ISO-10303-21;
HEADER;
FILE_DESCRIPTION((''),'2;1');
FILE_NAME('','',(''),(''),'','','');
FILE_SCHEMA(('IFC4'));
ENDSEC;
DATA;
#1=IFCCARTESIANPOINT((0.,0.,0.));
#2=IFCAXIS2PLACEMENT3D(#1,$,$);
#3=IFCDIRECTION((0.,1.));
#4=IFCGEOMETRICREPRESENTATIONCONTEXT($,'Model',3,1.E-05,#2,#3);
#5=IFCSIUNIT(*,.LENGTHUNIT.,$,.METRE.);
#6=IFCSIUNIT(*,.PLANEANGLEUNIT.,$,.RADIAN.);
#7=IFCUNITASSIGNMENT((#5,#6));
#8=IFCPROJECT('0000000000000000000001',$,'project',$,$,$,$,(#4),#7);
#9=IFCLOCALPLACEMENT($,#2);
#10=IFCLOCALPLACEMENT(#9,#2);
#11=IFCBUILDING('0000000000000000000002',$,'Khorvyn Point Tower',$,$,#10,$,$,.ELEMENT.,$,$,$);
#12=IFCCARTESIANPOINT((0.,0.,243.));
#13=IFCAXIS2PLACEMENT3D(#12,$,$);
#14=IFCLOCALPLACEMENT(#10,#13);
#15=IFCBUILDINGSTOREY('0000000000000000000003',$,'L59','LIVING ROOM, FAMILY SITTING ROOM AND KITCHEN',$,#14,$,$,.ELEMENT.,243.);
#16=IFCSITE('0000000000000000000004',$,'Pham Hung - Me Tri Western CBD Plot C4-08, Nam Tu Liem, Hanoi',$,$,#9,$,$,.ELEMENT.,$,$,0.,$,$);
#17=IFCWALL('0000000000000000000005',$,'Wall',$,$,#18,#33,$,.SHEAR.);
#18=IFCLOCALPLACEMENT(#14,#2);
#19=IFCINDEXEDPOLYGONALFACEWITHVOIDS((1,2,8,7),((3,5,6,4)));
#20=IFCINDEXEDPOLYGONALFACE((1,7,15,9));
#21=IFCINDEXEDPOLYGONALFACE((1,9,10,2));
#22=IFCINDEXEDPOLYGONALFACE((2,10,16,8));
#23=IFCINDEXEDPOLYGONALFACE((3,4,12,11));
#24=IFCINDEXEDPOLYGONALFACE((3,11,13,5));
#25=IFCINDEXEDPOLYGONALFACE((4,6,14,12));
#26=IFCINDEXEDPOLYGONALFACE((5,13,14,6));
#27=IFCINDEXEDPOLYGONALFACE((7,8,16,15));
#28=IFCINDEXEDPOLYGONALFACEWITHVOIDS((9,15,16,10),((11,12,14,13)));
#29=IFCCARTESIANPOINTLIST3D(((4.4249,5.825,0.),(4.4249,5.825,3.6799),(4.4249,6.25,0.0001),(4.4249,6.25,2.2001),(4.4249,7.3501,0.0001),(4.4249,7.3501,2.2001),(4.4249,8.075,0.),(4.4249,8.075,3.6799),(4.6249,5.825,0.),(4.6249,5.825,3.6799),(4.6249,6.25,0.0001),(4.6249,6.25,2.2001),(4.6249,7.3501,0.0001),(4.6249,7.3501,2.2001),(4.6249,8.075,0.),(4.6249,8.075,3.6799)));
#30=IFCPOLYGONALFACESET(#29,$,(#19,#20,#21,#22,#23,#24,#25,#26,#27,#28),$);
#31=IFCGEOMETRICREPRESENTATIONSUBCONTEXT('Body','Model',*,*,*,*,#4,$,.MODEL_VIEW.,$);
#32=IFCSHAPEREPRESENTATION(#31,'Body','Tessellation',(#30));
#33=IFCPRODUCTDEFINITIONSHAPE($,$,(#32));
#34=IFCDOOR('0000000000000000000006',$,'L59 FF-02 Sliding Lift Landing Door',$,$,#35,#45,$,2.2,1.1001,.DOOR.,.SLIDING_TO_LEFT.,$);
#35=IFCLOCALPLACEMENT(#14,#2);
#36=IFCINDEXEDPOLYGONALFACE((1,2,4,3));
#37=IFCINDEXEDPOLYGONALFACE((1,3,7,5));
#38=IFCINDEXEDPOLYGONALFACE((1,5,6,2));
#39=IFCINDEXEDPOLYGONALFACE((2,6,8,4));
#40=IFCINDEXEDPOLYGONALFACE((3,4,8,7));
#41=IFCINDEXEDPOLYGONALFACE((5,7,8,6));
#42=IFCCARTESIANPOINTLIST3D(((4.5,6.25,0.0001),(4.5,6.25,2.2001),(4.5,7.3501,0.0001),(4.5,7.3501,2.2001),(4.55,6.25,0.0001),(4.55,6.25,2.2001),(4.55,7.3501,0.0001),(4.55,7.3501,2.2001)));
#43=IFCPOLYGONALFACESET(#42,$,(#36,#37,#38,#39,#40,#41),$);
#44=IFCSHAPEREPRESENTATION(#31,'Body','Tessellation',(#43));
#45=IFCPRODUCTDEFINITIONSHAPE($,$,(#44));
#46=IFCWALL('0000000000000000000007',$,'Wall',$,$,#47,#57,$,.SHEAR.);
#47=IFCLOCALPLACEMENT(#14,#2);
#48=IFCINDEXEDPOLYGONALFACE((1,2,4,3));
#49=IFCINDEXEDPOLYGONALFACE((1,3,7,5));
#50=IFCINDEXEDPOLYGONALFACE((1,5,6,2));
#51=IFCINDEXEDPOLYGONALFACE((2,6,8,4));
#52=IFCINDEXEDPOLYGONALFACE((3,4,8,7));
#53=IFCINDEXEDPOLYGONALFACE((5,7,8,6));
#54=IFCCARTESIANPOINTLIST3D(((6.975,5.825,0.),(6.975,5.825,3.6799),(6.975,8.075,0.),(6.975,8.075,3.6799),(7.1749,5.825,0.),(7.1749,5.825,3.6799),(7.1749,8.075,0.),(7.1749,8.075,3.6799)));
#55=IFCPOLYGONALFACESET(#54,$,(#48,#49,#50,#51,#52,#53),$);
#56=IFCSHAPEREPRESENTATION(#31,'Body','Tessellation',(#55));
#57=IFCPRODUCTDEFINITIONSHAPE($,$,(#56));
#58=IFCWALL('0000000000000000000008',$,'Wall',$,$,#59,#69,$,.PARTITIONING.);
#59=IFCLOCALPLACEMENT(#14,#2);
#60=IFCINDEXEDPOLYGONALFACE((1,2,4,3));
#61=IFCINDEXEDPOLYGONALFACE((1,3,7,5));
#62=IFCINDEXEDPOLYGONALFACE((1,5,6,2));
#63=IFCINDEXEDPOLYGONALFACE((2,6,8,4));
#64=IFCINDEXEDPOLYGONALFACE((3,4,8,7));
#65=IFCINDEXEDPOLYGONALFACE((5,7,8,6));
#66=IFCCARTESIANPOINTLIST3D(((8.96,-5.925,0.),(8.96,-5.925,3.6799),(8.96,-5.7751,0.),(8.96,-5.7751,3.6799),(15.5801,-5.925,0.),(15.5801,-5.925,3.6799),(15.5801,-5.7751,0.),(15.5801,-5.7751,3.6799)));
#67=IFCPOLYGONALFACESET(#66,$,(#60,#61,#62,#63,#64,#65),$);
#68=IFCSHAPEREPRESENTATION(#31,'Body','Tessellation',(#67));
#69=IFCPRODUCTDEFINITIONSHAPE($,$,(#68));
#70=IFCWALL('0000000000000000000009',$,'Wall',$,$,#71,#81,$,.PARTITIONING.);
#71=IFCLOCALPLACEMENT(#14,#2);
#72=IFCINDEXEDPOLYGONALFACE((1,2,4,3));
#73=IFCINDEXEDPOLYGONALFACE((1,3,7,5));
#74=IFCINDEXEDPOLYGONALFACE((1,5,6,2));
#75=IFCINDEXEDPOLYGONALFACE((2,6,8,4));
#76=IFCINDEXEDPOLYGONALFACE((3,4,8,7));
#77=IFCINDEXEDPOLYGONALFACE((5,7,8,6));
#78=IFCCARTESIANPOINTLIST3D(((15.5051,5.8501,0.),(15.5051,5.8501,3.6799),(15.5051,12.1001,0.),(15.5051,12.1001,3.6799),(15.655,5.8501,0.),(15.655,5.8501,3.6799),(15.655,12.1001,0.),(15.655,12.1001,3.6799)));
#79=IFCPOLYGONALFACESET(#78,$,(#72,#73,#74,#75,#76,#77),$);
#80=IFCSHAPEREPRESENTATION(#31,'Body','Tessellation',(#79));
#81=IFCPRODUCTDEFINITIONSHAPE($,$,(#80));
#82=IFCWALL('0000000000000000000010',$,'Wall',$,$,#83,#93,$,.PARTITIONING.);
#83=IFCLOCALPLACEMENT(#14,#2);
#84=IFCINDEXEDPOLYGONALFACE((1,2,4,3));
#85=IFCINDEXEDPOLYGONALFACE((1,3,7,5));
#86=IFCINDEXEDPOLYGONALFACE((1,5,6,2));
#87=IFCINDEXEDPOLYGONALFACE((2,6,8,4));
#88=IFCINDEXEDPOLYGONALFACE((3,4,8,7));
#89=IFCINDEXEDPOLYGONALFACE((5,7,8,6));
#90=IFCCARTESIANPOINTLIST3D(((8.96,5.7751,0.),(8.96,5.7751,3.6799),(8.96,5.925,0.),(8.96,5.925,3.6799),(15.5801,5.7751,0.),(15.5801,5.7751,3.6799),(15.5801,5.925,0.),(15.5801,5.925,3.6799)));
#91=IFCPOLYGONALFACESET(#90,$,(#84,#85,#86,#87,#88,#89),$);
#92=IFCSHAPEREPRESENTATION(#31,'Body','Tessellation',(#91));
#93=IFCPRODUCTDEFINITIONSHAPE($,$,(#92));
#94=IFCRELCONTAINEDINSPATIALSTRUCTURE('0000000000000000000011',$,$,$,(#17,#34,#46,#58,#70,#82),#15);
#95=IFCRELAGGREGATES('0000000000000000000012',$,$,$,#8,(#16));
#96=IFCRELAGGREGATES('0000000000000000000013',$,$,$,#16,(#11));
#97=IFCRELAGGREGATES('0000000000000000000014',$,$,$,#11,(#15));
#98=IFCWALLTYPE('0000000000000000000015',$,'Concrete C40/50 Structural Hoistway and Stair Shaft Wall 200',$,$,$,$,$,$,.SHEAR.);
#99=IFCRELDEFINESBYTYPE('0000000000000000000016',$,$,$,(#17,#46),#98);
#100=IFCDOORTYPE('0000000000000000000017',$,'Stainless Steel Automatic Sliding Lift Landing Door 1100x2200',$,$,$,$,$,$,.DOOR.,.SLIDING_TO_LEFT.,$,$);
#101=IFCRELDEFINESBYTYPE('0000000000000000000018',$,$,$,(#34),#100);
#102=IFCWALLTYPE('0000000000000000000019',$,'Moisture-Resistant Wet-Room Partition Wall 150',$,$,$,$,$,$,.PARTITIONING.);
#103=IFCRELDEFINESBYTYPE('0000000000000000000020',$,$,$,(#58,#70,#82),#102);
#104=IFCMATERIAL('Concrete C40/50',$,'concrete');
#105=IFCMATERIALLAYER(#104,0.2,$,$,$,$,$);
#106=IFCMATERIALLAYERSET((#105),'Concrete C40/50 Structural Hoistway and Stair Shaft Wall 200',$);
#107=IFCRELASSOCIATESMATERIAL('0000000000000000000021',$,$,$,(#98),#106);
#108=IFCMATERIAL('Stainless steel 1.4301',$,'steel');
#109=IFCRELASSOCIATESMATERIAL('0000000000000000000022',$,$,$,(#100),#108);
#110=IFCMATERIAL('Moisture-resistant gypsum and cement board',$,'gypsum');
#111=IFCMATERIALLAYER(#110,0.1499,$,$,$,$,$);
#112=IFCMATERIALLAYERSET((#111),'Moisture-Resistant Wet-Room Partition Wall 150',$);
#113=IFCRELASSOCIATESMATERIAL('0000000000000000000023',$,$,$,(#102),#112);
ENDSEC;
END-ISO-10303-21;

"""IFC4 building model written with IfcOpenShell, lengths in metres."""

from ifc_helpers import new_model, si_unit, direction, frame, frame_2d, origin, place, context, subcontext, project, spatial, rectangle, extrude, material, layer, layer_set, type_object, element, fill, save


model = new_model("IFC4")

# Units and contexts
model_context = context("Model", 3, precision=1e-05, world=origin(), true_north=direction((0.0, 1.0)))
body_context = subcontext(model_context, "Body", "Model", "MODEL_VIEW")
ifc_project = project(units=[si_unit("LENGTHUNIT", "METRE"), si_unit("PLANEANGLEUNIT", "RADIAN")], contexts=[model_context])

# Site, building, storey
site_placement = place(None, origin())
site = spatial("IfcSite", under=ifc_project, at=site_placement, Name="Pham Hung - Me Tri Western CBD Plot C4-08, Nam Tu Liem, Hanoi", CompositionType="ELEMENT", RefElevation=0.0)
building_placement = place(site_placement, origin())
building = spatial("IfcBuilding", under=site, at=building_placement, Name="Khorvyn Point Tower", CompositionType="ELEMENT")
storey_placement = place(building_placement, frame((0.0, 0.0, 243.0)))
storey = spatial("IfcBuildingStorey", under=building, at=storey_placement, Name="L59", Description="LIVING ROOM, FAMILY SITTING ROOM AND KITCHEN", CompositionType="ELEMENT", Elevation=243.0)

# Shared definitions
ifc_material_1 = material(Name="Concrete C40/50", Category="concrete")

# Wall, opening, door
ifc_layer_1 = layer(ifc_material_1, 0.2)
ifc_layer_set_1 = layer_set([ifc_layer_1], Name="Concrete C40/50 Structural Hoistway and Stair Shaft Wall 200")
wall_type_1 = type_object("IfcWallType", Name="Concrete C40/50 Structural Hoistway and Stair Shaft Wall 200", PredefinedType="SHEAR", material=ifc_layer_set_1)
wall_1_placement = place(storey_placement, frame((4.5249, 5.825, 0.0), z_axis=(0.0, 0.0, 1.0), x_axis=(0.0, 1.0, 0.0)))
wall_1 = element("IfcWall", 1, at=wall_1_placement, inside=storey, type_object=wall_type_1, Name="Wall", PredefinedType="SHEAR", context=body_context, shape_type="SweptSolid", body=[
    extrude(rectangle(XDim=2.25, YDim=0.2, at=frame_2d((1.125, 0.0))), origin(), (0.0, 0.0, 1.0), 3.6799),
])
opening_1_placement = place(wall_1_placement, frame((0.425, 0.0, 0.0)))
opening_1 = element("IfcOpeningElement", 2, at=opening_1_placement, cuts=wall_1, PredefinedType="OPENING", context=body_context, shape_type="SweptSolid", body=[
    extrude(rectangle(XDim=1.1001, YDim=2.2, at=frame_2d((0.55, 1.1001))), frame((0.0, 0.1099, 0.0), z_axis=(0.0, -1.0, 0.0), x_axis=(1.0, 0.0, 0.0)), (0.0, 0.0, 1.0), 0.22),
])
ifc_material_2 = material(Name="Stainless steel 1.4301", Category="steel")
door_type_1 = type_object("IfcDoorType", Name="Stainless Steel Automatic Sliding Lift Landing Door 1100x2200", OperationType="SLIDING_TO_LEFT", PredefinedType="DOOR", material=ifc_material_2)
door_1_placement = place(opening_1_placement, origin())
door_1 = element("IfcDoor", 3, at=door_1_placement, inside=storey, type_object=door_type_1, Name="L59 FF-02 Sliding Lift Landing Door", OperationType="SLIDING_TO_LEFT", OverallHeight=2.2, OverallWidth=1.1001, PredefinedType="DOOR", context=body_context, shape_type="SweptSolid", body=[
    extrude(rectangle(XDim=1.1001, YDim=2.2, at=frame_2d((0.55, 1.1001))), frame((0.0, 0.0249, 0.0), z_axis=(0.0, -1.0, 0.0), x_axis=(1.0, 0.0, 0.0)), (0.0, 0.0, 1.0), 0.05),
])
fill(opening_1, door_1)

# Walls
wall_2_placement = place(storey_placement, frame((7.075, 5.825, 0.0), z_axis=(0.0, 0.0, 1.0), x_axis=(0.0, 1.0, 0.0)))
element("IfcWall", 4, at=wall_2_placement, inside=storey, type_object=wall_type_1, Name="Wall", PredefinedType="SHEAR", context=body_context, shape_type="SweptSolid", body=[
    extrude(rectangle(XDim=2.25, YDim=0.2, at=frame_2d((1.125, 0.0))), origin(), (0.0, 0.0, 1.0), 3.6799),
])
ifc_material_3 = material(Name="Moisture-resistant gypsum and cement board", Category="gypsum")
ifc_layer_2 = layer(ifc_material_3, 0.1499)
ifc_layer_set_2 = layer_set([ifc_layer_2], Name="Moisture-Resistant Wet-Room Partition Wall 150")
wall_type_2 = type_object("IfcWallType", Name="Moisture-Resistant Wet-Room Partition Wall 150", PredefinedType="PARTITIONING", material=ifc_layer_set_2)
wall_3_placement = place(storey_placement, frame((8.96, -5.8501, 0.0), z_axis=(0.0, 0.0, 1.0), x_axis=(1.0, 0.0, 0.0)))
element("IfcWall", 5, at=wall_3_placement, inside=storey, type_object=wall_type_2, Name="Wall", PredefinedType="PARTITIONING", context=body_context, shape_type="SweptSolid", body=[
    extrude(rectangle(XDim=6.6201, YDim=0.1499, at=frame_2d((3.3101, 0.0))), origin(), (0.0, 0.0, 1.0), 3.6799),
])
wall_4_placement = place(storey_placement, frame((15.5801, 5.8501, 0.0), z_axis=(0.0, 0.0, 1.0), x_axis=(0.0, 1.0, 0.0)))
element("IfcWall", 6, at=wall_4_placement, inside=storey, type_object=wall_type_2, Name="Wall", PredefinedType="PARTITIONING", context=body_context, shape_type="SweptSolid", body=[
    extrude(rectangle(XDim=6.25, YDim=0.1499, at=frame_2d((3.125, 0.0))), origin(), (0.0, 0.0, 1.0), 3.6799),
])
wall_5_placement = place(storey_placement, frame((8.96, 5.8501, 0.0), z_axis=(0.0, 0.0, 1.0), x_axis=(1.0, 0.0, 0.0)))
element("IfcWall", 7, at=wall_5_placement, inside=storey, type_object=wall_type_2, Name="Wall", PredefinedType="PARTITIONING", context=body_context, shape_type="SweptSolid", body=[
    extrude(rectangle(XDim=6.6201, YDim=0.1499, at=frame_2d((3.3101, 0.0))), origin(), (0.0, 0.0, 1.0), 3.6799),
])

save(model, "model.ifc")
